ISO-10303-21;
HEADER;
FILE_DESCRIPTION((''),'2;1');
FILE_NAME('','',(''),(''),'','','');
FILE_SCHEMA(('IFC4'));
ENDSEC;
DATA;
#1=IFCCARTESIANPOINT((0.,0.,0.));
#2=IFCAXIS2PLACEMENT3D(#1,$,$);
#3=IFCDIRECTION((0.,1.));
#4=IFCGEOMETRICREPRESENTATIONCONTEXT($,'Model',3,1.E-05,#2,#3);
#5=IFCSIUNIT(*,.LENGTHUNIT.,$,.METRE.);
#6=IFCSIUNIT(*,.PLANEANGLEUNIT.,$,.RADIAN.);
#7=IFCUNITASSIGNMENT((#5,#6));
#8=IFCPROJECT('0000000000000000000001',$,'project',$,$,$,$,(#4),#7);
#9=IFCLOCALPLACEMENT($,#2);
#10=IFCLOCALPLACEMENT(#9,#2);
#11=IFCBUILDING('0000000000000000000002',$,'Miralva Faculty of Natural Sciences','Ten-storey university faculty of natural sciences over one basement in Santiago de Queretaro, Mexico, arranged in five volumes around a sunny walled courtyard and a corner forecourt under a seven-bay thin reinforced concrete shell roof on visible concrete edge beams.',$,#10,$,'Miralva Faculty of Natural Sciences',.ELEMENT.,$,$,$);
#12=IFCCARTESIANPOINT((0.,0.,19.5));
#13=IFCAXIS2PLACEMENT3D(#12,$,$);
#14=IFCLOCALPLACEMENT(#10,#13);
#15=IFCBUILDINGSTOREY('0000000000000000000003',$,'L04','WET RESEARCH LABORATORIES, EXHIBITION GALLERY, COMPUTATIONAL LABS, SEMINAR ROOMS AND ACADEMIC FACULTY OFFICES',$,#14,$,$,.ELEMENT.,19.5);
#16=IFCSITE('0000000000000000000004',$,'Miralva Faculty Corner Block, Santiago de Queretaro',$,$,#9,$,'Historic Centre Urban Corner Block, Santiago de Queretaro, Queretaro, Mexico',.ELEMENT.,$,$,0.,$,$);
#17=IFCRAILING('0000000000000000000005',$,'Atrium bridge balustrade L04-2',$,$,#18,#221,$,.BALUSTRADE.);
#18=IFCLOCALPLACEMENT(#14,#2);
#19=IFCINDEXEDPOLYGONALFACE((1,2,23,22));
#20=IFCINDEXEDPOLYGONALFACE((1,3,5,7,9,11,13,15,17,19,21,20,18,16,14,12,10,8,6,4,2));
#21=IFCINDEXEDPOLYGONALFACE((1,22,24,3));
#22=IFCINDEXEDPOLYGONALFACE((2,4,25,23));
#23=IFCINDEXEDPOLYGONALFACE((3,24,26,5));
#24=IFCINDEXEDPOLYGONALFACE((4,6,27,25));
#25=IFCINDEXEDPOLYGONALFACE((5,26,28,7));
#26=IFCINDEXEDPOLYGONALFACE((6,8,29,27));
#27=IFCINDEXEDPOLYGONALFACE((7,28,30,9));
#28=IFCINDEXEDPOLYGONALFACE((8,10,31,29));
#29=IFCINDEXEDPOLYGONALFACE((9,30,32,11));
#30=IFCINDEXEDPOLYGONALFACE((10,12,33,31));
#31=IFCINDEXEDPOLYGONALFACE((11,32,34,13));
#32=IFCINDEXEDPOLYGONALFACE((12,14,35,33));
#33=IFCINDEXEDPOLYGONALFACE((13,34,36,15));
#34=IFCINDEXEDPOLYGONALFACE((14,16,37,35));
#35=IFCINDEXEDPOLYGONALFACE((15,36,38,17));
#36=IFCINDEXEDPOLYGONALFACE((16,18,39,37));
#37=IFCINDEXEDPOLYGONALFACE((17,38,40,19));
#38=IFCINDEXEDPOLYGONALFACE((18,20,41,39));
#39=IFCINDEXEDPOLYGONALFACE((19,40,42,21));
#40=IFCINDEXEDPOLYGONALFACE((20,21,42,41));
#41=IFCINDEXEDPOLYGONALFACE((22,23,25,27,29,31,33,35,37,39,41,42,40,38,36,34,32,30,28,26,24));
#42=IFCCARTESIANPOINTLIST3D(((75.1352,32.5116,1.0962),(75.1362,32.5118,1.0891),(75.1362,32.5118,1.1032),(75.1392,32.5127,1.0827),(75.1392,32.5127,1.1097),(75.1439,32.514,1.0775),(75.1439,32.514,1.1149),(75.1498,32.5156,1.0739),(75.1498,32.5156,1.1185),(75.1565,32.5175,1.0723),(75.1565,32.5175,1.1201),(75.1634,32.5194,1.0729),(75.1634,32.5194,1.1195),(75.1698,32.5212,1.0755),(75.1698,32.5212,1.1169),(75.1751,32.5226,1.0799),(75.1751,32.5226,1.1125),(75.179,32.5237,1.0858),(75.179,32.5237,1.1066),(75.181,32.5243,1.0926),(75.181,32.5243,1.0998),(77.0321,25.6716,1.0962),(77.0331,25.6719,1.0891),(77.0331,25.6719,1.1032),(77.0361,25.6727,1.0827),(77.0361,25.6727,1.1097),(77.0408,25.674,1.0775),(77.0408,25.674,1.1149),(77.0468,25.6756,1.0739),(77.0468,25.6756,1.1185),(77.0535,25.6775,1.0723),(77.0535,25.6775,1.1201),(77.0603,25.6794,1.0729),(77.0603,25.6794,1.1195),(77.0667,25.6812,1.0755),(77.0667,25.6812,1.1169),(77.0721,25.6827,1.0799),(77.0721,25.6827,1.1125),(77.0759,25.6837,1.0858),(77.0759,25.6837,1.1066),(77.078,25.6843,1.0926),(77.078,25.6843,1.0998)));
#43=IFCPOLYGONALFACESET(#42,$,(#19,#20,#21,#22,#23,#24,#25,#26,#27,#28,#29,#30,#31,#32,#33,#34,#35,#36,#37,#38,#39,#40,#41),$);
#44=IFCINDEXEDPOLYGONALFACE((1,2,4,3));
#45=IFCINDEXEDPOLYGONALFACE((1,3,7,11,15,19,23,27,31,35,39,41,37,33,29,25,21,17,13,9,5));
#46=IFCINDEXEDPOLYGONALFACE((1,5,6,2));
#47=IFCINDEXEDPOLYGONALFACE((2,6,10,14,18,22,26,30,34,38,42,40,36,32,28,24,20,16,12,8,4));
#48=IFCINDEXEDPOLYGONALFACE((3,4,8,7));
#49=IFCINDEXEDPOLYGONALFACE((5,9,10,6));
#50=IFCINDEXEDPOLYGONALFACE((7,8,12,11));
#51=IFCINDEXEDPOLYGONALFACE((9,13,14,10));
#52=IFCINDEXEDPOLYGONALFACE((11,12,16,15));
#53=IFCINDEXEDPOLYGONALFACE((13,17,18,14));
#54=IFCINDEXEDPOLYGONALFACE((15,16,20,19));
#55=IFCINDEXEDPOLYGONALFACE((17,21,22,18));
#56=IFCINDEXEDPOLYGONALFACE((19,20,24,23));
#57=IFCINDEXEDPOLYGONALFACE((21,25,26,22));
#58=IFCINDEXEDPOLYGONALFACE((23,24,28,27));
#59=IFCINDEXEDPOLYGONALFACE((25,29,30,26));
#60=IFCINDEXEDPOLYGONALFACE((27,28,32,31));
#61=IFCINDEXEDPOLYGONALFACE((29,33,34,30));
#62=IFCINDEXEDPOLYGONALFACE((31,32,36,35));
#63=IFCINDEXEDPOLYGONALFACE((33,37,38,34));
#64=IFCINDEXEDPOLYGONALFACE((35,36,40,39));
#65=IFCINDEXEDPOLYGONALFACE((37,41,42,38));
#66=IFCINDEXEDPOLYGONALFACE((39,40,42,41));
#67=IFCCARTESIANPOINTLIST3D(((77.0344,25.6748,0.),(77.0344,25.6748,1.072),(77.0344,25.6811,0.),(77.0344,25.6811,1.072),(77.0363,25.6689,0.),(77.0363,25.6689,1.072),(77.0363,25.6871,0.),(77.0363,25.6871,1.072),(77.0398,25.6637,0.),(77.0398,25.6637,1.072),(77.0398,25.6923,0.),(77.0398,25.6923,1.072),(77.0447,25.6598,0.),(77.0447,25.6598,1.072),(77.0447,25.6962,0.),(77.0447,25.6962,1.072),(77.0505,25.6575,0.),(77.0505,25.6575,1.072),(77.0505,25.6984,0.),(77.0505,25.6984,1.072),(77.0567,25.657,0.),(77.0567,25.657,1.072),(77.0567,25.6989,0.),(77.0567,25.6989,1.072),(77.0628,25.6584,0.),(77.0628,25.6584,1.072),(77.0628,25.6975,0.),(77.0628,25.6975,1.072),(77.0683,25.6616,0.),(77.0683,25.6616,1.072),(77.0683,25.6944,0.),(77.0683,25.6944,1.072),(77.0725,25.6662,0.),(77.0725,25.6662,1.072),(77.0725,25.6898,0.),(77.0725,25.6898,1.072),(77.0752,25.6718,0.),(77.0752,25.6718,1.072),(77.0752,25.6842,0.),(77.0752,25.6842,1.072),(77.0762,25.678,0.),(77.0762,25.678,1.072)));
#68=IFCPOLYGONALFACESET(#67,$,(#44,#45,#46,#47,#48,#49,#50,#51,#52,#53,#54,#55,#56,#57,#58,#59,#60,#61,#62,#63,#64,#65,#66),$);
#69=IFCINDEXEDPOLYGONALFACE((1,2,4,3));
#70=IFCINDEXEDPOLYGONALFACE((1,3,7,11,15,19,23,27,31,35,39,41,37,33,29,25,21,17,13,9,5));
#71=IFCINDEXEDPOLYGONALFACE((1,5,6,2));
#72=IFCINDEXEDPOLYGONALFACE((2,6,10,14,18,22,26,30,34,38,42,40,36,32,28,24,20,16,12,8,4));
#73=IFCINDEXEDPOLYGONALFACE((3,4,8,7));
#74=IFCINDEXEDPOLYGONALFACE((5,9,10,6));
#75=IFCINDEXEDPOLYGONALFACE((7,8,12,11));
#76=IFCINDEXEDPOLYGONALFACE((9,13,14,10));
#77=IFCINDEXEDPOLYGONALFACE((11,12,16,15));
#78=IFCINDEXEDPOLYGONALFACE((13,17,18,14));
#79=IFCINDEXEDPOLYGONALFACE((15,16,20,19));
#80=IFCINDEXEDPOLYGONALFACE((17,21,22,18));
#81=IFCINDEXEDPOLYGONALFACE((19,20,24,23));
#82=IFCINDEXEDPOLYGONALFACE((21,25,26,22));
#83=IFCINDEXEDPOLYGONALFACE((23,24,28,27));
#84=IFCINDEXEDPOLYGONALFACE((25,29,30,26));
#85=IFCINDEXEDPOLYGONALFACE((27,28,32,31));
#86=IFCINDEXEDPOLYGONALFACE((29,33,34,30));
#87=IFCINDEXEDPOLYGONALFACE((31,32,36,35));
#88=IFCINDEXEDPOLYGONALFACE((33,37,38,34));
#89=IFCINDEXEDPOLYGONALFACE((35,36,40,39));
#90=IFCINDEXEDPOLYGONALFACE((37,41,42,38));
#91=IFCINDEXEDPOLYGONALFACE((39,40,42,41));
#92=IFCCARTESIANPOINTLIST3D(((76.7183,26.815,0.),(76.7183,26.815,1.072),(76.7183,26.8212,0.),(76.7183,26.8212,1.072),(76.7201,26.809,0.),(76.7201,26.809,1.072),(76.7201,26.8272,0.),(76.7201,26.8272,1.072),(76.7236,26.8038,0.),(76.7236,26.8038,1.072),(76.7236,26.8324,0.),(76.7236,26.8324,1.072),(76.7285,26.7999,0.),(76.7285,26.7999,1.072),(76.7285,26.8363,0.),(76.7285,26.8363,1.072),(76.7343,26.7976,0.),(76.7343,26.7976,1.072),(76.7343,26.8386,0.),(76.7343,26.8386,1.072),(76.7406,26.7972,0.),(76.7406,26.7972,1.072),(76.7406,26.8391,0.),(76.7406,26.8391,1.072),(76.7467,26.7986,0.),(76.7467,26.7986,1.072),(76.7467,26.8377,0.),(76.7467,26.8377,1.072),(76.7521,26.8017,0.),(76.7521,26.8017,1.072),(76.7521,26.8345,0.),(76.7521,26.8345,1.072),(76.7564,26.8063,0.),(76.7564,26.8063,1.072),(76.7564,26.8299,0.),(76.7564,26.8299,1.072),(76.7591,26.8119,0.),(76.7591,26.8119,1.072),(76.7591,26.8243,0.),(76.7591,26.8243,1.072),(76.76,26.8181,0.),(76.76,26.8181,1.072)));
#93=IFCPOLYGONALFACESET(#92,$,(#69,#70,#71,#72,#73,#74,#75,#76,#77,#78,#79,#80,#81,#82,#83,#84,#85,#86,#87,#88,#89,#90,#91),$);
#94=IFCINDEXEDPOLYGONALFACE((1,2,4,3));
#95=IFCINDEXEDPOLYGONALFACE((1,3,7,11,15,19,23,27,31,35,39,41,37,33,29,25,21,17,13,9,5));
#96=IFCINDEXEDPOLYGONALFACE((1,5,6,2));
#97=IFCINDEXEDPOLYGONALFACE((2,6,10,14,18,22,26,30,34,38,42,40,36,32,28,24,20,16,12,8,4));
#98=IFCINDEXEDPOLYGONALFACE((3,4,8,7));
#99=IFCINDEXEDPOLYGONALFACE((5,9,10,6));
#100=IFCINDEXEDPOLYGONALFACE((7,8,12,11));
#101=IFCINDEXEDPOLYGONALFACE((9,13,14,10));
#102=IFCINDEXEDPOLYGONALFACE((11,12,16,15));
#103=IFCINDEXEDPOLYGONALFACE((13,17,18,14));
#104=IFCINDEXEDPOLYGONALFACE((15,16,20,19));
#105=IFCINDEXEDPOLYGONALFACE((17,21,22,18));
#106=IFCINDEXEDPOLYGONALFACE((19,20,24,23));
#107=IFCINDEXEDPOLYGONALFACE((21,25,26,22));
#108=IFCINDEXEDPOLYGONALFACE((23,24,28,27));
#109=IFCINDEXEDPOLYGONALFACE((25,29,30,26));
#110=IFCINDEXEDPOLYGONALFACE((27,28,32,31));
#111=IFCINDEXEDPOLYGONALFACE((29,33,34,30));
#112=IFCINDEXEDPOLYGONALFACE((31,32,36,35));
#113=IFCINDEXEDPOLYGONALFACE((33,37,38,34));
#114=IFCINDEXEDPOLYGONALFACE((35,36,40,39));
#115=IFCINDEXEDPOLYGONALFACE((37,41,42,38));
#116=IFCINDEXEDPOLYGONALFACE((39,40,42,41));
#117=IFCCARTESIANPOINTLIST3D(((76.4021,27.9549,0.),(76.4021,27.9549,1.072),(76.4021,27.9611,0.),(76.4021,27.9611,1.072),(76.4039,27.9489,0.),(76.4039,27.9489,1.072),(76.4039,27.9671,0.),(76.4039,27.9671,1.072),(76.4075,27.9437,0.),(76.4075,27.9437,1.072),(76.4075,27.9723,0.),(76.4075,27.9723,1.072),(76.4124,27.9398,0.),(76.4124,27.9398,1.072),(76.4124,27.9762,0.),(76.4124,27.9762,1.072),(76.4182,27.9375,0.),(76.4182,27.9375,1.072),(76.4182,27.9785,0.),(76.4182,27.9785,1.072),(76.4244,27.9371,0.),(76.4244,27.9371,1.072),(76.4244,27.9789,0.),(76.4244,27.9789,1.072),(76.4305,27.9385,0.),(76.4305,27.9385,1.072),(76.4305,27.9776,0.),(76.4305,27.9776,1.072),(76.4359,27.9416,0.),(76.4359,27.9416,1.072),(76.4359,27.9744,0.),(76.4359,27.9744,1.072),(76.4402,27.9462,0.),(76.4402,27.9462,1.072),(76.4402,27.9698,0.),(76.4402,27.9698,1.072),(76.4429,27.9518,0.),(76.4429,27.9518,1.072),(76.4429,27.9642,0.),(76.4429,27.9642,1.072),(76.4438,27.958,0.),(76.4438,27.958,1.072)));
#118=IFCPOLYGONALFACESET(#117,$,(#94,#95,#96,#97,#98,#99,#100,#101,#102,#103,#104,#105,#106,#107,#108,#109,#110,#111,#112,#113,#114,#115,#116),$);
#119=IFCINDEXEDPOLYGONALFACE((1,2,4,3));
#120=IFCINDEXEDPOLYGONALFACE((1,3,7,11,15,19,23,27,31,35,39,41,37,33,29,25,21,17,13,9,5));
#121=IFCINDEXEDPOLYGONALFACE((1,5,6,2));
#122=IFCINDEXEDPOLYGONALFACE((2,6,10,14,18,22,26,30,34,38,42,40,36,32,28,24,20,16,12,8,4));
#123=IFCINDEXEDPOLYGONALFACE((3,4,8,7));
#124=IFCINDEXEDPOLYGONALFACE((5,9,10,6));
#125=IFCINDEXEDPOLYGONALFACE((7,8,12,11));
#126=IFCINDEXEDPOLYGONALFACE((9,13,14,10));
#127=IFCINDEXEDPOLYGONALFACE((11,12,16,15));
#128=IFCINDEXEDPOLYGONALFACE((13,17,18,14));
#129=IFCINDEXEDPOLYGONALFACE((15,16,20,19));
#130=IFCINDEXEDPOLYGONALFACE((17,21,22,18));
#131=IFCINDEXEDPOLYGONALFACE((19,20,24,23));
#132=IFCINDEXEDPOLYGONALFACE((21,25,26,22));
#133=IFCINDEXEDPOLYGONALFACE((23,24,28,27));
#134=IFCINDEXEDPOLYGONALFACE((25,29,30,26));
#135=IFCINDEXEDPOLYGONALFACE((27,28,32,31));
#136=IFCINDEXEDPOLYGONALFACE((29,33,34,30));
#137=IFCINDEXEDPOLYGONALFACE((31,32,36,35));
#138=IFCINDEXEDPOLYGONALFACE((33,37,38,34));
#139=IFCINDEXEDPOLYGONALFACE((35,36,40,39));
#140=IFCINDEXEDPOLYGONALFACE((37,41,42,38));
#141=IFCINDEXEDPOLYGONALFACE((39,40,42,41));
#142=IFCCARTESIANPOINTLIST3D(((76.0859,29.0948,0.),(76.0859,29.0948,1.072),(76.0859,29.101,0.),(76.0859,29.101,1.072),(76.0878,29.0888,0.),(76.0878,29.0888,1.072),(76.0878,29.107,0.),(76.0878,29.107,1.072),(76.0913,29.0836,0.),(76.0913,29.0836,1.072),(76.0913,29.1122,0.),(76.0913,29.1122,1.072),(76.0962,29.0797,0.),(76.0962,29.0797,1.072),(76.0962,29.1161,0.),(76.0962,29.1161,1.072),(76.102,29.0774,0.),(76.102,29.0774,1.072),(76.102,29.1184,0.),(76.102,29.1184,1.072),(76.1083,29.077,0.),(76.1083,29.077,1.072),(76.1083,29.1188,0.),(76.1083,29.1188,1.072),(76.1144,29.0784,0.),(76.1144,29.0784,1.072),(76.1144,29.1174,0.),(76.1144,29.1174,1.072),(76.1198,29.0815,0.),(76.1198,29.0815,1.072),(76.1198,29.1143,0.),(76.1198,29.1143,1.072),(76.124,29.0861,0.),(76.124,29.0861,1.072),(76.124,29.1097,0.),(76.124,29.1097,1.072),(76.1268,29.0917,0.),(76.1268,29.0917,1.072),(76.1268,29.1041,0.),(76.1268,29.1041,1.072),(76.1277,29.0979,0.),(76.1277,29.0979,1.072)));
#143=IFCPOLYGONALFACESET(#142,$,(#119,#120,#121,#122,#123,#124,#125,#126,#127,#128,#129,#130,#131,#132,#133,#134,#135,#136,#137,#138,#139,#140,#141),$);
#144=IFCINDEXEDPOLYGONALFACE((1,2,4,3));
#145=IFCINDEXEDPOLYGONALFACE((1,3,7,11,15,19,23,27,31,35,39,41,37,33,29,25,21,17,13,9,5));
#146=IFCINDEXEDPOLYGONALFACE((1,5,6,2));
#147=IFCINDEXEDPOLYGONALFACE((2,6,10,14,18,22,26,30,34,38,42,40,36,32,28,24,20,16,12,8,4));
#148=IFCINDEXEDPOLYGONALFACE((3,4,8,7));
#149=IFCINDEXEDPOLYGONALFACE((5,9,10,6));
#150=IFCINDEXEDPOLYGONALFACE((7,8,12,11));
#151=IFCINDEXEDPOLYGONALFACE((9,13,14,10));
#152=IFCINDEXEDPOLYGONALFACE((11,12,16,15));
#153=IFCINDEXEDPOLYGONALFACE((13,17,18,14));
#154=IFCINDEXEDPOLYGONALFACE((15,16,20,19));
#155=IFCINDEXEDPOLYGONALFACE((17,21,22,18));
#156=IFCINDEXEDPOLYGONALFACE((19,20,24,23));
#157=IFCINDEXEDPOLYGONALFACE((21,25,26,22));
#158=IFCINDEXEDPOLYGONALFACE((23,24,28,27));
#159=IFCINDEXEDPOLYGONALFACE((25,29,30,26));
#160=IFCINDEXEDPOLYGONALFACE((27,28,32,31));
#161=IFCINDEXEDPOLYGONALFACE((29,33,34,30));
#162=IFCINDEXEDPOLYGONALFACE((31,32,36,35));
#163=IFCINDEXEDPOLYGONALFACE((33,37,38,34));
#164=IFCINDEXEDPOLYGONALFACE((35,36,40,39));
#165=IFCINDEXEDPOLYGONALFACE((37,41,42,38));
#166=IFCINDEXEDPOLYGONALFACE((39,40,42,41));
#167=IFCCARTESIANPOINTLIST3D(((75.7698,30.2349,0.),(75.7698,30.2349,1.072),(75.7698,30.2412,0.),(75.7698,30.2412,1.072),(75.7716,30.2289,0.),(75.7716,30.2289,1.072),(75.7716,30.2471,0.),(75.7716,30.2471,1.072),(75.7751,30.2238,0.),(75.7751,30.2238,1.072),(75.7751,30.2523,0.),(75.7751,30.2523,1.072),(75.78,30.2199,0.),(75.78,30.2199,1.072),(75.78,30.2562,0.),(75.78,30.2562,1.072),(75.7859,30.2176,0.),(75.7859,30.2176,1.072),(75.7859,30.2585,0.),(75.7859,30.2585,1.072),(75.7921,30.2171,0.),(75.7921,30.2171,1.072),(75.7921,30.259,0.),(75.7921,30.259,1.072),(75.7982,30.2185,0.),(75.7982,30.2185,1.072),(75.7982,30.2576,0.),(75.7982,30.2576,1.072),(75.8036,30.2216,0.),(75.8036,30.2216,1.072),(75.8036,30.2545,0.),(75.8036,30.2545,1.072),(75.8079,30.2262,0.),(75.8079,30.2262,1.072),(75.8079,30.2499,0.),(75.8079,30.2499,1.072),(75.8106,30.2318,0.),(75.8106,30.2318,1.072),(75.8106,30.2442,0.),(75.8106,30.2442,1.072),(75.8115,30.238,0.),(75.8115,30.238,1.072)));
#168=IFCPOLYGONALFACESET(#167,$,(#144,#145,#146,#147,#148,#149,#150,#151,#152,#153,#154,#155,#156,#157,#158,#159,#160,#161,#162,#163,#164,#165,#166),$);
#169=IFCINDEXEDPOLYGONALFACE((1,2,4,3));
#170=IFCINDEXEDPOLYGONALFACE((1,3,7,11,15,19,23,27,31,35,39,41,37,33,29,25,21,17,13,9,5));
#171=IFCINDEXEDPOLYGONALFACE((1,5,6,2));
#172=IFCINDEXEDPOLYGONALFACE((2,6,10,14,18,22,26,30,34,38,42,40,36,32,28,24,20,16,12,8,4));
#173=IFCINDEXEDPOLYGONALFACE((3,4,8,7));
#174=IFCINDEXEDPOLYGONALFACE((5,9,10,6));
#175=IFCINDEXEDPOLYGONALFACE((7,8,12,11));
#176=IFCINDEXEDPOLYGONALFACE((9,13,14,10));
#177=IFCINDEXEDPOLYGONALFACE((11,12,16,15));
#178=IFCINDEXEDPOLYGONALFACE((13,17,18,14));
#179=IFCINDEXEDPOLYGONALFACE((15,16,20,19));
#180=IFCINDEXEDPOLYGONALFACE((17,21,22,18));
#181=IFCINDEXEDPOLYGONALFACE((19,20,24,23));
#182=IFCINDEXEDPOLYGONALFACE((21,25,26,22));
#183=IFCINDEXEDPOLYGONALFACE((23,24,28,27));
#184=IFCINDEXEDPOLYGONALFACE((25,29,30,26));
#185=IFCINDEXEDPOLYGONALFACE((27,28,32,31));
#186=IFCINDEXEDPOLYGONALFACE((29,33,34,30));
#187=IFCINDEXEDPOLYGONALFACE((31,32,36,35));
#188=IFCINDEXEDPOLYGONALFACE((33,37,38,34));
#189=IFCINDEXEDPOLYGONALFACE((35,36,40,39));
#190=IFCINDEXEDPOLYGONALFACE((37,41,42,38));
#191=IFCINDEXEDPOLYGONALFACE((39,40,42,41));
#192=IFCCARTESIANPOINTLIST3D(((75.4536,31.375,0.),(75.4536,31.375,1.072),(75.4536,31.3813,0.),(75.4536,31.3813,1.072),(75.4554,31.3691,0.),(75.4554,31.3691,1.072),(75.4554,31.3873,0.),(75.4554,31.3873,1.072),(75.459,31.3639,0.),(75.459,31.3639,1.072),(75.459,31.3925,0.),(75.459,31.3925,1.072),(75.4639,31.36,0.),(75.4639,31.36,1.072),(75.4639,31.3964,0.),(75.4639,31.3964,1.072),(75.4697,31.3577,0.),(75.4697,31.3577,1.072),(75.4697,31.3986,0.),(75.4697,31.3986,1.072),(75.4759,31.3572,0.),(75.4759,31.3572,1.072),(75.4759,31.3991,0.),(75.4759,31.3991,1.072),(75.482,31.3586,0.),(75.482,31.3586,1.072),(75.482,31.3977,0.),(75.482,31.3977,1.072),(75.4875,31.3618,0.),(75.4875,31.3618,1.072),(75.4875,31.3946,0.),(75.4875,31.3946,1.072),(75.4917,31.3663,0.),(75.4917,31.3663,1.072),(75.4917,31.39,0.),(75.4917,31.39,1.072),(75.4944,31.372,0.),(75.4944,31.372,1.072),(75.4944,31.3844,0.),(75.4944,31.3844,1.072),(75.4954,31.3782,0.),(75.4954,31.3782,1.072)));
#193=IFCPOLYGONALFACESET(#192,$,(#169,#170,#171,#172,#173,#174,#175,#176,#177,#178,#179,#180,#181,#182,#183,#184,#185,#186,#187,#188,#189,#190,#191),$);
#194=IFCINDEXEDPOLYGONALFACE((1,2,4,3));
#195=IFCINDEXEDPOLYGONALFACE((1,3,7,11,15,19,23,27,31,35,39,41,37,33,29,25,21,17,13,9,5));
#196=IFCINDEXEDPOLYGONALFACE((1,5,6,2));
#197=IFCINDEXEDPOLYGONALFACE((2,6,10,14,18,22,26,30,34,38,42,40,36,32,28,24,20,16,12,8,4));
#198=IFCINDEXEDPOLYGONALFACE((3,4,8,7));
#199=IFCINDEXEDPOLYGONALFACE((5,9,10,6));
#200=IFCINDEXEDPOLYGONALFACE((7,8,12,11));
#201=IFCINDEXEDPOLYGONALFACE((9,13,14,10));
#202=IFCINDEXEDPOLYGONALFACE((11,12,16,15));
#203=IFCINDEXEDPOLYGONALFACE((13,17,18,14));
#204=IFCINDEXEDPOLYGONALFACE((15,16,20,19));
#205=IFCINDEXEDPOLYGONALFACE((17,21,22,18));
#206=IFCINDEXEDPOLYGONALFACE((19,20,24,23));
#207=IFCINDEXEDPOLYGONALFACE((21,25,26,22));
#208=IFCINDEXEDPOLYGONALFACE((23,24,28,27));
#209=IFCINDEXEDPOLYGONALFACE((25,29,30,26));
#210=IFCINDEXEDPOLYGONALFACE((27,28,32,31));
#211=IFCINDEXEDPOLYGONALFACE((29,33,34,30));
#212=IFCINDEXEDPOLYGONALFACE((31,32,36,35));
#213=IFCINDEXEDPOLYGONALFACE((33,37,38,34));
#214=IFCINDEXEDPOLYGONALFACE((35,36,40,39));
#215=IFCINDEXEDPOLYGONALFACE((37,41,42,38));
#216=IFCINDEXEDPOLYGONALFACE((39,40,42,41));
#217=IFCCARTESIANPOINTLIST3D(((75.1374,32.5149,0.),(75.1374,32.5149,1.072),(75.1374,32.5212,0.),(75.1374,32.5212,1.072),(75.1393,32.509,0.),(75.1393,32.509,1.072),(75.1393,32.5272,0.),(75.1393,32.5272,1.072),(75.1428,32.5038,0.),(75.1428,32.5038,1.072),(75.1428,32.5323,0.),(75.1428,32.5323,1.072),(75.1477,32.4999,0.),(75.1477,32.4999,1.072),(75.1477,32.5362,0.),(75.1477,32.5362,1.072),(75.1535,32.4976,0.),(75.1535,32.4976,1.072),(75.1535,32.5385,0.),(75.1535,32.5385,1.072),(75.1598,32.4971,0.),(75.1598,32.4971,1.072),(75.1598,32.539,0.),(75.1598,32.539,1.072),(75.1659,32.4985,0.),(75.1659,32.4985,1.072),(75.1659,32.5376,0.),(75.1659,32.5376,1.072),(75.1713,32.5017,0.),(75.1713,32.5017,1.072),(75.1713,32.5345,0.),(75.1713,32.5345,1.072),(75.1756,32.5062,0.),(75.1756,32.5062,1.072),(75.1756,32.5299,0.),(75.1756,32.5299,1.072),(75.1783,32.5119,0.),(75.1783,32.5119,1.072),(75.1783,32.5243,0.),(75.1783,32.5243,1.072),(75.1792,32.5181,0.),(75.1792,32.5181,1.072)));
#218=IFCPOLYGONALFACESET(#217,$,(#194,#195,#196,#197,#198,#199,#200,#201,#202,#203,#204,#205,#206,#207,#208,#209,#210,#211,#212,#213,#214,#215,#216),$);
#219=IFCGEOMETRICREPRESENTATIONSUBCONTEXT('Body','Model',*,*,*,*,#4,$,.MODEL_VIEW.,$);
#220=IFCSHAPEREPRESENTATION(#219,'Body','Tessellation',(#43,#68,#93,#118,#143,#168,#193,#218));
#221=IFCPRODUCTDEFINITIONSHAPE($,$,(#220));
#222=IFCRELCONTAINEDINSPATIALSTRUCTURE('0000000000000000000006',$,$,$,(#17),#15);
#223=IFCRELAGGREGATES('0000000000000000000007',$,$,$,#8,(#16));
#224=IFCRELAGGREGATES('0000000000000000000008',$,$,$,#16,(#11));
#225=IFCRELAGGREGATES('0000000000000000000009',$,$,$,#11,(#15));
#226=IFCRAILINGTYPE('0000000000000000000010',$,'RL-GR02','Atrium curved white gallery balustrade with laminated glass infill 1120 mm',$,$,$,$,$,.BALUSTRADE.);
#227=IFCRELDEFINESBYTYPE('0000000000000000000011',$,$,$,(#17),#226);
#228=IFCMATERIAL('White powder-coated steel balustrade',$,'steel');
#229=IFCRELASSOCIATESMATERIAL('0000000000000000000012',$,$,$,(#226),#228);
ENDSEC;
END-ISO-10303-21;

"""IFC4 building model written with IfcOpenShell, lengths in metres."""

from ifc_helpers import new_model, si_unit, direction, frame, origin, origin_2d, place, context, subcontext, project, spatial, circle, extrude, material, type_object, element, save


model = new_model("IFC4")

# Units and contexts
model_context = context("Model", 3, precision=1e-05, world=origin(), true_north=direction((0.0, 1.0)))
body_context = subcontext(model_context, "Body", "Model", "MODEL_VIEW")
ifc_project = project(units=[si_unit("LENGTHUNIT", "METRE"), si_unit("PLANEANGLEUNIT", "RADIAN")], contexts=[model_context])

# Site, building, storey
site_placement = place(None, origin())
site = spatial("IfcSite", under=ifc_project, at=site_placement, Name="Miralva Faculty Corner Block, Santiago de Queretaro", LongName="Historic Centre Urban Corner Block, Santiago de Queretaro, Queretaro, Mexico", CompositionType="ELEMENT", RefElevation=0.0)
building_placement = place(site_placement, origin())
building = spatial("IfcBuilding", under=site, at=building_placement, Name="Miralva Faculty of Natural Sciences", Description="Ten-storey university faculty of natural sciences over one basement in Santiago de Queretaro, Mexico, arranged in five volumes around a sunny walled courtyard and a corner forecourt under a seven-bay thin reinforced concrete shell roof on visible concrete edge beams.", LongName="Miralva Faculty of Natural Sciences", CompositionType="ELEMENT")
storey_placement = place(building_placement, frame((0.0, 0.0, 19.5)))
storey = spatial("IfcBuildingStorey", under=building, at=storey_placement, Name="L04", Description="WET RESEARCH LABORATORIES, EXHIBITION GALLERY, COMPUTATIONAL LABS, SEMINAR ROOMS AND ACADEMIC FACULTY OFFICES", CompositionType="ELEMENT", Elevation=19.5)

# Railing
ifc_material_1 = material(Name="White powder-coated steel balustrade", Category="steel")
railing_type = type_object("IfcRailingType", Name="RL-GR02", Description="Atrium curved white gallery balustrade with laminated glass infill 1120 mm", PredefinedType="BALUSTRADE", material=ifc_material_1)
railing_1_placement = place(storey_placement, frame((77.0552, 25.678, 0.0)))
element("IfcRailing", 1, at=railing_1_placement, inside=storey, type_object=railing_type, Name="Atrium bridge balustrade L04-2", PredefinedType="BALUSTRADE", context=body_context, shape_type="SweptSolid", body=[
    extrude(circle(Radius=0.0239, at=origin_2d()), frame((0.0, 0.0, 1.0962), z_axis=(-0.267245, 0.963629, 0.0), x_axis=(-0.963629, -0.267245, 0.0)), (0.0, 0.0, 1.0), 7.0981),
    extrude(circle(Radius=0.021, at=origin_2d()), origin(), (0.0, 0.0, 1.0), 1.072),
    extrude(circle(Radius=0.021, at=origin_2d()), frame((-0.3162, 1.1401, 0.0)), (0.0, 0.0, 1.0), 1.072),
    extrude(circle(Radius=0.021, at=origin_2d()), frame((-0.6323, 2.28, 0.0)), (0.0, 0.0, 1.0), 1.072),
    extrude(circle(Radius=0.021, at=origin_2d()), frame((-0.9485, 3.4199, 0.0)), (0.0, 0.0, 1.0), 1.072),
    extrude(circle(Radius=0.021, at=origin_2d()), frame((-1.2646, 4.5601, 0.0)), (0.0, 0.0, 1.0), 1.072),
    extrude(circle(Radius=0.021, at=origin_2d()), frame((-1.5808, 5.7002, 0.0)), (0.0, 0.0, 1.0), 1.072),
    extrude(circle(Radius=0.021, at=origin_2d()), frame((-1.897, 6.8401, 0.0)), (0.0, 0.0, 1.0), 1.072),
])

save(model, "model.ifc")
